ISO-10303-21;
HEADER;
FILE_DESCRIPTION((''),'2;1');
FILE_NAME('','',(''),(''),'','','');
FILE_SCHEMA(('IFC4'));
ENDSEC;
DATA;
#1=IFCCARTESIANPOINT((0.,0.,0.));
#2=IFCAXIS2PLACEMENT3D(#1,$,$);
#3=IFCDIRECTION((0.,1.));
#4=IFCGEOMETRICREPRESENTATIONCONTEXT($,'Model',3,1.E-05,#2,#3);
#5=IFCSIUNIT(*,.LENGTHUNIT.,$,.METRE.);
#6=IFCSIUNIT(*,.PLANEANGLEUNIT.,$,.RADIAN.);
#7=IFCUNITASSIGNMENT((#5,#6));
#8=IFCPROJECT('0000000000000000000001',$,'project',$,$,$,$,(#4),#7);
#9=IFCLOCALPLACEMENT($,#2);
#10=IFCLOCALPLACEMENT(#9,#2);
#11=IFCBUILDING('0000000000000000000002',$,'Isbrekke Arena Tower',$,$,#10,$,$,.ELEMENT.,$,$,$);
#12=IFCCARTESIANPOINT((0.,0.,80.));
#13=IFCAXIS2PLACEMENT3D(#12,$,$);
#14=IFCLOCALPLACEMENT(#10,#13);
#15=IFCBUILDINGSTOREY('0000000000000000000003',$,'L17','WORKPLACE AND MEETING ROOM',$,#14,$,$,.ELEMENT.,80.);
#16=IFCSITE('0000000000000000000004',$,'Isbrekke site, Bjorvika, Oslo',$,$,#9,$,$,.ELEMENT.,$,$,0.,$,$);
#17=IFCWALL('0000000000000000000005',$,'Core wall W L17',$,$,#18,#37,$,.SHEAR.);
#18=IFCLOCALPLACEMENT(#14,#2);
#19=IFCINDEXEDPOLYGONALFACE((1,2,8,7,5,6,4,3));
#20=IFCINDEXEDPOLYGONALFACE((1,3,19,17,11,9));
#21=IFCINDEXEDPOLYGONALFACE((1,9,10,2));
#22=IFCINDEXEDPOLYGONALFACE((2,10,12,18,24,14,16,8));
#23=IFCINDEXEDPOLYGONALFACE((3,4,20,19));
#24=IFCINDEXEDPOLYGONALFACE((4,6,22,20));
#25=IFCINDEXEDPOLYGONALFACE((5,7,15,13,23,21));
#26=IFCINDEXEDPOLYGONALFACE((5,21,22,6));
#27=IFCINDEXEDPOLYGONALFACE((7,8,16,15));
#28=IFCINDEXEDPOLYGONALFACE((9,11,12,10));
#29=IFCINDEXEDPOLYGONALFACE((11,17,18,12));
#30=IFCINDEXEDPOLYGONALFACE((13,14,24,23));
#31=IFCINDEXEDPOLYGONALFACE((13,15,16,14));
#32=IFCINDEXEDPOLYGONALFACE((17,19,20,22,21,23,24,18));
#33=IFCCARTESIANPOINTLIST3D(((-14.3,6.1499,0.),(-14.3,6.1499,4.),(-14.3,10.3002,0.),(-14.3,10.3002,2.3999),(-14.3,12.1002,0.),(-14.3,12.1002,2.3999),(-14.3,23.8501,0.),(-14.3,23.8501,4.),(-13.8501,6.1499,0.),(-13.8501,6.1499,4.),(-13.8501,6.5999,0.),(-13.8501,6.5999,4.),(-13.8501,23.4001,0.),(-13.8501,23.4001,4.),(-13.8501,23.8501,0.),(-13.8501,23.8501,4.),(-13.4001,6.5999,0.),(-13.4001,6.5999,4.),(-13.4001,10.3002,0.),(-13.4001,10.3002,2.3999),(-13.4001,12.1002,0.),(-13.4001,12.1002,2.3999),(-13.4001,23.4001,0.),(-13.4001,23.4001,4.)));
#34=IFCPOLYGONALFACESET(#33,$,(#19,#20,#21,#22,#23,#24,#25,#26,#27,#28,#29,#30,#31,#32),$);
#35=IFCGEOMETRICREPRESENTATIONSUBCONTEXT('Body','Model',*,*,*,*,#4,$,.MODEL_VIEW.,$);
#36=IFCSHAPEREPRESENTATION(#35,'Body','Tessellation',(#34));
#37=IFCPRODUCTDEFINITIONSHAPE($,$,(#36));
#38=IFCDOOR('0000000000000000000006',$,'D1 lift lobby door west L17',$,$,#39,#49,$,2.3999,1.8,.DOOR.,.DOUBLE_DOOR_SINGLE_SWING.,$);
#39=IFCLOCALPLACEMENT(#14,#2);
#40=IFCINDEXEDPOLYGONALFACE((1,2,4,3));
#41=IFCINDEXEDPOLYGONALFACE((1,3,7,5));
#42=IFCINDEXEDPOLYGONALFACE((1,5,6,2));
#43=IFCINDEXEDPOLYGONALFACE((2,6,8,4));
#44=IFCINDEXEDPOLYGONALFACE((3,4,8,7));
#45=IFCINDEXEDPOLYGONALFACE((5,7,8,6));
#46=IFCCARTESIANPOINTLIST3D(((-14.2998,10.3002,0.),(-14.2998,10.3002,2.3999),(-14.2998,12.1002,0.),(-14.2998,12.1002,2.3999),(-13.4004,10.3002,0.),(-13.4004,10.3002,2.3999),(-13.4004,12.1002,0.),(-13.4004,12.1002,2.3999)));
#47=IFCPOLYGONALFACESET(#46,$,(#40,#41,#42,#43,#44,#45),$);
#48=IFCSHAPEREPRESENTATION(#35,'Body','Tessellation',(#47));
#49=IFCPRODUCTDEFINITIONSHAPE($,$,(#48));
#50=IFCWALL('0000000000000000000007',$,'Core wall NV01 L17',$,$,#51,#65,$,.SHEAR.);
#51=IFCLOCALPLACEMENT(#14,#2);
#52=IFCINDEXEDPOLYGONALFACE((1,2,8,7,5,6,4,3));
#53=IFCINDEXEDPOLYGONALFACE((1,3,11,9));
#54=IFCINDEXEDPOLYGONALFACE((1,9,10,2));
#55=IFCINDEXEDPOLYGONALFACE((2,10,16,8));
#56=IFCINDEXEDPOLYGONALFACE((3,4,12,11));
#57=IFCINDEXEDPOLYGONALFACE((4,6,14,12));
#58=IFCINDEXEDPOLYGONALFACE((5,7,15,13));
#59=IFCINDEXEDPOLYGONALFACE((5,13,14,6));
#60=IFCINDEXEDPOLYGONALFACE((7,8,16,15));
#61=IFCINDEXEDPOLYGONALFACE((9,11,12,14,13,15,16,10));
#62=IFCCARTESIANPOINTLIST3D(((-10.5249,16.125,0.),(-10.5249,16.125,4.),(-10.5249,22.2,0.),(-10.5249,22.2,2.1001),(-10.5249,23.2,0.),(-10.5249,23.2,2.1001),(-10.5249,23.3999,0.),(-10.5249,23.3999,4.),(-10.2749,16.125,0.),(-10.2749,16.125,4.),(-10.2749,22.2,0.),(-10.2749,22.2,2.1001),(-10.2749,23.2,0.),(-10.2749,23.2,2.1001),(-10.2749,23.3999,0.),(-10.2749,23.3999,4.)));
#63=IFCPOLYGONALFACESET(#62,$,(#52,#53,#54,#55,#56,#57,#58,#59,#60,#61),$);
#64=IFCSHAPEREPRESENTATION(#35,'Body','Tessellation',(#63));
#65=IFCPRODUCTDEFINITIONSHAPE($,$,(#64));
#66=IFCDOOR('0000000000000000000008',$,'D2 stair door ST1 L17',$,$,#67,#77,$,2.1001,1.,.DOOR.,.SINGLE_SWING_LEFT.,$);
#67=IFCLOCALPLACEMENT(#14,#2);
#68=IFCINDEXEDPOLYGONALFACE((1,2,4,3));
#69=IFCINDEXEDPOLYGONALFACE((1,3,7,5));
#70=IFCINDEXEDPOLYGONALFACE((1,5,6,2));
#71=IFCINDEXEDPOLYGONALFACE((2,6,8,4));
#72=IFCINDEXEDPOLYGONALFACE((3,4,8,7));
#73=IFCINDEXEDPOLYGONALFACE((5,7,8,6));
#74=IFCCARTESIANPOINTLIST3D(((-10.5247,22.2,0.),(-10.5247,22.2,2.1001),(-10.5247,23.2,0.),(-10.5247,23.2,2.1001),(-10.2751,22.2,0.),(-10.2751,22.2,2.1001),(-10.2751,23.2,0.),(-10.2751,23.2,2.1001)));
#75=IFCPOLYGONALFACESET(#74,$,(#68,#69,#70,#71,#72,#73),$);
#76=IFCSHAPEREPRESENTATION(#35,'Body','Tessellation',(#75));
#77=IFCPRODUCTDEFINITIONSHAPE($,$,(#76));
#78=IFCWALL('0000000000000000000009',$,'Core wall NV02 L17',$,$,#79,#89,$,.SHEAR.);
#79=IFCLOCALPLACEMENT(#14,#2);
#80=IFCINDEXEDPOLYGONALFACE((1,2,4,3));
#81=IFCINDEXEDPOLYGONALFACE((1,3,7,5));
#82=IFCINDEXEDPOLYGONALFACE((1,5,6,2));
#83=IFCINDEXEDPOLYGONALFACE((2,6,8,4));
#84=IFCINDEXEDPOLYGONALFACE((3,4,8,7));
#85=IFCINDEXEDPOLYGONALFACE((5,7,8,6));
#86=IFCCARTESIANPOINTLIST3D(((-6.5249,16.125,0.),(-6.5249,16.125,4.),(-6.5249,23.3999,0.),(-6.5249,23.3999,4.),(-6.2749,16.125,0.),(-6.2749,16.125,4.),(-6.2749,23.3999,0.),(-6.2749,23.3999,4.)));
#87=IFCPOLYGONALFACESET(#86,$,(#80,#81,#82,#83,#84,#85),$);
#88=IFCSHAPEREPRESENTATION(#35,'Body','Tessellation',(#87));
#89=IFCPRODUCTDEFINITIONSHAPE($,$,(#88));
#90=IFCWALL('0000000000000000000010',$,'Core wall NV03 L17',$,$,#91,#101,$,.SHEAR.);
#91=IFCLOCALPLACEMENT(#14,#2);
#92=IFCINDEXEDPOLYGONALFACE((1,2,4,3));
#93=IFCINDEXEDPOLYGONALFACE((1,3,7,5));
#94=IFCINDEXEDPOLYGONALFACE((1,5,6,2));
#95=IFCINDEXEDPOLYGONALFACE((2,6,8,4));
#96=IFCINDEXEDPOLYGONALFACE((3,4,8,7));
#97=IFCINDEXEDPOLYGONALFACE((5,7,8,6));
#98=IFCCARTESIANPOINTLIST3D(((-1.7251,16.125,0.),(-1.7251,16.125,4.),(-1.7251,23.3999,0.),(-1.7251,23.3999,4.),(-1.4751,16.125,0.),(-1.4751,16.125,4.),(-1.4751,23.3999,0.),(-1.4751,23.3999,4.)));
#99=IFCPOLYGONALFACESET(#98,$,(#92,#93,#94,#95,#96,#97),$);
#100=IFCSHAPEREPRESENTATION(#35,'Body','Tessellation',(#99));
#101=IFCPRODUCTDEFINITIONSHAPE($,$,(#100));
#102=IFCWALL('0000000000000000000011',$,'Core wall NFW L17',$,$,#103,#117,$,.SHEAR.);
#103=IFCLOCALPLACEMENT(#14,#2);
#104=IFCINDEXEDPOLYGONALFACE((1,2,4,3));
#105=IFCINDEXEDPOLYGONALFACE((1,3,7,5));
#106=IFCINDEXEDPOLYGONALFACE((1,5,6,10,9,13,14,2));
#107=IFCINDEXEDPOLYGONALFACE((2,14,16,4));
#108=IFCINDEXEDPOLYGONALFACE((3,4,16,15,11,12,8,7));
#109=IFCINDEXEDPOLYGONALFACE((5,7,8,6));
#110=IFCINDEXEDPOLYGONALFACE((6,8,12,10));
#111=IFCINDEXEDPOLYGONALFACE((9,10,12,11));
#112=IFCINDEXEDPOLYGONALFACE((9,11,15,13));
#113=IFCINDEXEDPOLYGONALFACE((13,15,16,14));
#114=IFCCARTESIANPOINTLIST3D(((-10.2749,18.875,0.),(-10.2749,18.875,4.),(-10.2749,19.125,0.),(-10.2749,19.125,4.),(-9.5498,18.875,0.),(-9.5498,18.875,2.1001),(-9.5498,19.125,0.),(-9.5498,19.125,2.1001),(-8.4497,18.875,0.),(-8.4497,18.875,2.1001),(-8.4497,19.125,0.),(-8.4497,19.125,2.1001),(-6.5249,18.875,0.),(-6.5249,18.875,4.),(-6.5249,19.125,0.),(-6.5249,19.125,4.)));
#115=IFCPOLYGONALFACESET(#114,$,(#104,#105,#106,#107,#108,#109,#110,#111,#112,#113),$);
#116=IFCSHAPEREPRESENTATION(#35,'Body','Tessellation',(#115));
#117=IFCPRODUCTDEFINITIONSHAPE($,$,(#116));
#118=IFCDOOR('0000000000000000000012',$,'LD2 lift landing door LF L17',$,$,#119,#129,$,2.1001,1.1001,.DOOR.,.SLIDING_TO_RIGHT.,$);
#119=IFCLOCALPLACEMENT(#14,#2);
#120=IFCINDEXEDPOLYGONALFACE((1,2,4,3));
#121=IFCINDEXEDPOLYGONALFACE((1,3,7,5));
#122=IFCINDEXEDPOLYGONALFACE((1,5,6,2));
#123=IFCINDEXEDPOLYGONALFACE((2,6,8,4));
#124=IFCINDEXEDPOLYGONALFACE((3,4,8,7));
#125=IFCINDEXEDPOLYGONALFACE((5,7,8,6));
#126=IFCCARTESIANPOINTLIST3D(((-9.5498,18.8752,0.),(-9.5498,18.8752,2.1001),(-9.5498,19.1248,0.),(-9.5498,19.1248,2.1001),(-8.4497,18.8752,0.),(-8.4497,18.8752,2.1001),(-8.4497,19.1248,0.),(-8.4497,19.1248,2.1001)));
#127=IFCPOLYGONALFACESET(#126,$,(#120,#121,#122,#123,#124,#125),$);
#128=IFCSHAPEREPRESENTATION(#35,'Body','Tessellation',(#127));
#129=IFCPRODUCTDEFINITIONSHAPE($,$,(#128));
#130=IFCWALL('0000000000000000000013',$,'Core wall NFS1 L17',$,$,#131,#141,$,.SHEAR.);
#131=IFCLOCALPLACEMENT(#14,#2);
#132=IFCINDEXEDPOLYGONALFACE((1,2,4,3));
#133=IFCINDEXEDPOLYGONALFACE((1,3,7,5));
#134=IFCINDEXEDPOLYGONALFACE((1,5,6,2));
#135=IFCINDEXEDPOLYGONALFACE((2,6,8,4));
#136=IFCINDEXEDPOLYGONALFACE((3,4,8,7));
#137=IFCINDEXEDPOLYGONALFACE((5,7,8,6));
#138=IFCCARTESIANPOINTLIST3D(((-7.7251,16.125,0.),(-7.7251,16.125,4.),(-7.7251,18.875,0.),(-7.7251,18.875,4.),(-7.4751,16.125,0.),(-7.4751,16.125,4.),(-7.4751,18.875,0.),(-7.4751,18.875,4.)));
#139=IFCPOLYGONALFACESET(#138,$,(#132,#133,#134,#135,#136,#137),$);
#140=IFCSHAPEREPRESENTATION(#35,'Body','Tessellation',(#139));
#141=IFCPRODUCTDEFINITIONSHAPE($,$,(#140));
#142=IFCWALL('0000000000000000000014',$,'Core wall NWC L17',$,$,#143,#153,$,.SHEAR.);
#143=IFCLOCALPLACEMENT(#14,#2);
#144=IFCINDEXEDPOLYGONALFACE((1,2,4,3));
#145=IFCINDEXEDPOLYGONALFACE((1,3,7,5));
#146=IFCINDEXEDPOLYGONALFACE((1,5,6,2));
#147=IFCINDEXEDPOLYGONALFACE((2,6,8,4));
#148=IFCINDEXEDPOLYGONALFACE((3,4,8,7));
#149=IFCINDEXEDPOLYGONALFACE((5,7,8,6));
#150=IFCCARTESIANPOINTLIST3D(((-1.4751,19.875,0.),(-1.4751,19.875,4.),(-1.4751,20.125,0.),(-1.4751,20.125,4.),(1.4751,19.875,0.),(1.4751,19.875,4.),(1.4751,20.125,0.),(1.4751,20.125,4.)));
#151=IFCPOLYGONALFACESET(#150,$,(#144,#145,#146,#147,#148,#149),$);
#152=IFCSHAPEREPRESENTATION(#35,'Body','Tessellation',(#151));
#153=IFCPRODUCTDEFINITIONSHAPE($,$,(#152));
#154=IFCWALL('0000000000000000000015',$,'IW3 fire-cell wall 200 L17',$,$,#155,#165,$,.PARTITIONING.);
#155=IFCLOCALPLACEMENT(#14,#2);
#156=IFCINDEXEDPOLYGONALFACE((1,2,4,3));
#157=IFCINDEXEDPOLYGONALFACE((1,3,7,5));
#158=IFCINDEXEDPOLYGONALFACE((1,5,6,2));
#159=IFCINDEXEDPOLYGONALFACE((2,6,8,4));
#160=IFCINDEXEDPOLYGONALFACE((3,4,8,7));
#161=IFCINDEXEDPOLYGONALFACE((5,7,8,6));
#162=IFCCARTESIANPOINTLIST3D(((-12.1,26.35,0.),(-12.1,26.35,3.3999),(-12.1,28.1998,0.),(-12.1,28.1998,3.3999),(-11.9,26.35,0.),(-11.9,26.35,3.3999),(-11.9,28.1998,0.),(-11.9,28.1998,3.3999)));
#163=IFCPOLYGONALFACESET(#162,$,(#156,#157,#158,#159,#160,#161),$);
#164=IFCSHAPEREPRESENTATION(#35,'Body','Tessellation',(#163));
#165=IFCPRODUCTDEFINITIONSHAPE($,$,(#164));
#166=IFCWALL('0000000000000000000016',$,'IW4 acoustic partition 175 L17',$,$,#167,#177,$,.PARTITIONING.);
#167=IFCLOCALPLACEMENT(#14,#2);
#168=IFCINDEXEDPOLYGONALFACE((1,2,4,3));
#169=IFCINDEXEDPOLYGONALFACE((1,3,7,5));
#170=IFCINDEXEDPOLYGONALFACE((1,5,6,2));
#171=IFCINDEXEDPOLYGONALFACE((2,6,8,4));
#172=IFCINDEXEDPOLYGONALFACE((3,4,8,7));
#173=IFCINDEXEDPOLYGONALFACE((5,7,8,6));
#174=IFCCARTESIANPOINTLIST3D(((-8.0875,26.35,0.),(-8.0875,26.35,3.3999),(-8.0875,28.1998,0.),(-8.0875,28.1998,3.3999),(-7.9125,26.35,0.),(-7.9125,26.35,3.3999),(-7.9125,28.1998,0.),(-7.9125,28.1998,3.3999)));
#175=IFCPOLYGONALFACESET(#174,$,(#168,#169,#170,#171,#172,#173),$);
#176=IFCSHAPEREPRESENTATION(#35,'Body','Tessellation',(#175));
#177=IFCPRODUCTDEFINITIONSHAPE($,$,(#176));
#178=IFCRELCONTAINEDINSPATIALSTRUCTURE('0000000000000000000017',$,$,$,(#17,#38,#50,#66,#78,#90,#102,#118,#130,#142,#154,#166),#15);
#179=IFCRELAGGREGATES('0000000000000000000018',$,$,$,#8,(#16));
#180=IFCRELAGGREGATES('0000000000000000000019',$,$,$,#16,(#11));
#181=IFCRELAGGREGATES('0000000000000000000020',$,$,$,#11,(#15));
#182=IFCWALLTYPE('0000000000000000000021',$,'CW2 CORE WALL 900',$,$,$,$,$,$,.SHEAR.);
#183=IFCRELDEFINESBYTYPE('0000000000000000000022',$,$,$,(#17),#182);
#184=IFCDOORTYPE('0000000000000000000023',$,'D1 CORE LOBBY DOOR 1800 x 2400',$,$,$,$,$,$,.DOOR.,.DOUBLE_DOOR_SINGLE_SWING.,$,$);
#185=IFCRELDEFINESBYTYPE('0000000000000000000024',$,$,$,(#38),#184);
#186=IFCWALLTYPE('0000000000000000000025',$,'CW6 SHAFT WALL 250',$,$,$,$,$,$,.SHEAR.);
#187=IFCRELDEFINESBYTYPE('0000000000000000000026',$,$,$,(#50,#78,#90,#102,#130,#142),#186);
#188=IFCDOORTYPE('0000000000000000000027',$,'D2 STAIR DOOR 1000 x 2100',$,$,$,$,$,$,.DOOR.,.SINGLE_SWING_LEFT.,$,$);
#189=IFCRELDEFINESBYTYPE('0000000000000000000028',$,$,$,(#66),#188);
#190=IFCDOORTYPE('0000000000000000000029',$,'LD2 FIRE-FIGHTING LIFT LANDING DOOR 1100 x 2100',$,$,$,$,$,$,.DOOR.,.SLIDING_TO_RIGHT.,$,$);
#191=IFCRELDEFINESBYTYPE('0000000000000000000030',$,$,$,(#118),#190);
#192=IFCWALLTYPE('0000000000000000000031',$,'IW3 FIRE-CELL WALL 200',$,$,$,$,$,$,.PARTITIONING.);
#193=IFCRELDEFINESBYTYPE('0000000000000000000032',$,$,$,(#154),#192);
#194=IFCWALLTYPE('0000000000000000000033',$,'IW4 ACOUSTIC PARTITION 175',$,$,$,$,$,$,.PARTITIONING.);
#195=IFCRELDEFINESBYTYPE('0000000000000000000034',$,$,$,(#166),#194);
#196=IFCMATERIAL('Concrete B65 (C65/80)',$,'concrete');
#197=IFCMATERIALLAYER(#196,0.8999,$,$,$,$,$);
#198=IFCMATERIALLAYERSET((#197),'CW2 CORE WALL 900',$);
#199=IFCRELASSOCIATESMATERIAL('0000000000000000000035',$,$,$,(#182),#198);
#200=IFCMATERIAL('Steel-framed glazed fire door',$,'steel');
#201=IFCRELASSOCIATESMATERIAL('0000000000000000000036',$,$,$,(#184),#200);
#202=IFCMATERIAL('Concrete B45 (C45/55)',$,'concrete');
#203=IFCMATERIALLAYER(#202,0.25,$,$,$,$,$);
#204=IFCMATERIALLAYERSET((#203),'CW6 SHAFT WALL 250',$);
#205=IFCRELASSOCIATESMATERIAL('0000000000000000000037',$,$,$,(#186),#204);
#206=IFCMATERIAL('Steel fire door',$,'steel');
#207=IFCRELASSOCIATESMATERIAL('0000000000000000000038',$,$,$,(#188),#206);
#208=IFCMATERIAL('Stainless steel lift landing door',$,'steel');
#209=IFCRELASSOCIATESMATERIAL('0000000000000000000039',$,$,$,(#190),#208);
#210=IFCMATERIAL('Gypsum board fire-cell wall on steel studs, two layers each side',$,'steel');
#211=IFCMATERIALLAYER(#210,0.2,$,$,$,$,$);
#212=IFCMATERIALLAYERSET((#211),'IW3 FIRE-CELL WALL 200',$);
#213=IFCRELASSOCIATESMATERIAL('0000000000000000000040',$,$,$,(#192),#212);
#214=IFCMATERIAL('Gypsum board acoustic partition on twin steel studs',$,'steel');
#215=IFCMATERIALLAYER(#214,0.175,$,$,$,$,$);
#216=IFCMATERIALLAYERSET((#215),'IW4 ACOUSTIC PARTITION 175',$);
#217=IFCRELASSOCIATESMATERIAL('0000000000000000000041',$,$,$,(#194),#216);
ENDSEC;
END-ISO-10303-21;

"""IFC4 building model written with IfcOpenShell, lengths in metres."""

from ifc_helpers import new_model, si_unit, direction, frame, frame_2d, origin, place, context, subcontext, project, spatial, polyline, rectangle, outline, extrude, material, layer, layer_set, type_object, element, fill, save


model = new_model("IFC4")

# Units and contexts
model_context = context("Model", 3, precision=1e-05, world=origin(), true_north=direction((0.0, 1.0)))
body_context = subcontext(model_context, "Body", "Model", "MODEL_VIEW")
ifc_project = project(units=[si_unit("LENGTHUNIT", "METRE"), si_unit("PLANEANGLEUNIT", "RADIAN")], contexts=[model_context])

# Site, building, storey
site_placement = place(None, origin())
site = spatial("IfcSite", under=ifc_project, at=site_placement, Name="Isbrekke site, Bjorvika, Oslo", CompositionType="ELEMENT", RefElevation=0.0)
building_placement = place(site_placement, origin())
building = spatial("IfcBuilding", under=site, at=building_placement, Name="Isbrekke Arena Tower", CompositionType="ELEMENT")
storey_placement = place(building_placement, frame((0.0, 0.0, 80.0)))
storey = spatial("IfcBuildingStorey", under=building, at=storey_placement, Name="L17", Description="WORKPLACE AND MEETING ROOM", CompositionType="ELEMENT", Elevation=80.0)

# Walls, openings, doors
ifc_material_1 = material(Name="Concrete B65 (C65/80)", Category="concrete")
ifc_layer_1 = layer(ifc_material_1, 0.8999)
ifc_layer_set_1 = layer_set([ifc_layer_1], Name="CW2 CORE WALL 900")
wall_type_1 = type_object("IfcWallType", Name="CW2 CORE WALL 900", PredefinedType="SHEAR", material=ifc_layer_set_1)
wall_1_placement = place(storey_placement, frame((-13.8501, 23.8501, 0.0), z_axis=(0.0, 0.0, 1.0), x_axis=(0.0, -1.0, 0.0)))
wall_1 = element("IfcWall", 1, at=wall_1_placement, inside=storey, type_object=wall_type_1, Name="Core wall W L17", PredefinedType="SHEAR", context=body_context, shape_type="SweptSolid", body=[
    extrude(outline(polyline([(0.0, -0.45), (17.7002, -0.45), (17.7002, 0.0), (17.2502, 0.0), (17.2502, 0.45), (0.45, 0.45), (0.45, 0.0), (0.0, 0.0), (0.0, -0.45)])), origin(), (0.0, 0.0, 1.0), 4.0),
])
opening_1_placement = place(wall_1_placement, frame((11.75, 0.0, 0.0)))
opening_1 = element("IfcOpeningElement", 2, at=opening_1_placement, cuts=wall_1, PredefinedType="OPENING", context=body_context, shape_type="SweptSolid", body=[
    extrude(rectangle(XDim=1.8, YDim=2.3999, at=frame_2d((0.8999, 1.2))), frame((0.0, 0.4648, 0.0), z_axis=(0.0, -1.0, 0.0), x_axis=(1.0, 0.0, 0.0)), (0.0, 0.0, 1.0), 0.9297),
])
ifc_material_2 = material(Name="Steel-framed glazed fire door", Category="steel")
door_type_1 = type_object("IfcDoorType", Name="D1 CORE LOBBY DOOR 1800 x 2400", OperationType="DOUBLE_DOOR_SINGLE_SWING", PredefinedType="DOOR", material=ifc_material_2)
door_1_placement = place(opening_1_placement, origin())
door_1 = element("IfcDoor", 3, at=door_1_placement, inside=storey, type_object=door_type_1, Name="D1 lift lobby door west L17", OperationType="DOUBLE_DOOR_SINGLE_SWING", OverallHeight=2.3999, OverallWidth=1.8, PredefinedType="DOOR", context=body_context, shape_type="SweptSolid", body=[
    extrude(rectangle(XDim=1.8, YDim=2.3999, at=frame_2d((0.8999, 1.2))), frame((0.0, 0.4497, 0.0), z_axis=(0.0, -1.0, 0.0), x_axis=(1.0, 0.0, 0.0)), (0.0, 0.0, 1.0), 0.8994),
])
fill(opening_1, door_1)
ifc_material_3 = material(Name="Concrete B45 (C45/55)", Category="concrete")
ifc_layer_2 = layer(ifc_material_3, 0.25)
ifc_layer_set_2 = layer_set([ifc_layer_2], Name="CW6 SHAFT WALL 250")
wall_type_2 = type_object("IfcWallType", Name="CW6 SHAFT WALL 250", PredefinedType="SHEAR", material=ifc_layer_set_2)
wall_2_placement = place(storey_placement, frame((-10.3999, 16.125, 0.0), z_axis=(0.0, 0.0, 1.0), x_axis=(0.0, 1.0, 0.0)))
wall_2 = element("IfcWall", 4, at=wall_2_placement, inside=storey, type_object=wall_type_2, Name="Core wall NV01 L17", PredefinedType="SHEAR", context=body_context, shape_type="SweptSolid", body=[
    extrude(rectangle(XDim=7.2749, YDim=0.25, at=frame_2d((3.6375, 0.0))), origin(), (0.0, 0.0, 1.0), 4.0),
])
opening_2_placement = place(wall_2_placement, frame((6.075, 0.0, 0.0)))
opening_2 = element("IfcOpeningElement", 5, at=opening_2_placement, cuts=wall_2, PredefinedType="OPENING", context=body_context, shape_type="SweptSolid", body=[
    extrude(rectangle(XDim=1.0, YDim=2.1001, at=frame_2d((0.5, 1.05))), frame((0.0, 0.1399, 0.0), z_axis=(0.0, -1.0, 0.0), x_axis=(1.0, 0.0, 0.0)), (0.0, 0.0, 1.0), 0.2798),
])
ifc_material_4 = material(Name="Steel fire door", Category="steel")
door_type_2 = type_object("IfcDoorType", Name="D2 STAIR DOOR 1000 x 2100", OperationType="SINGLE_SWING_LEFT", PredefinedType="DOOR", material=ifc_material_4)
door_2_placement = place(opening_2_placement, origin())
door_2 = element("IfcDoor", 6, at=door_2_placement, inside=storey, type_object=door_type_2, Name="D2 stair door ST1 L17", OperationType="SINGLE_SWING_LEFT", OverallHeight=2.1001, OverallWidth=1.0, PredefinedType="DOOR", context=body_context, shape_type="SweptSolid", body=[
    extrude(rectangle(XDim=1.0, YDim=2.1001, at=frame_2d((0.5, 1.05))), frame((0.0, 0.1248, 0.0), z_axis=(0.0, -1.0, 0.0), x_axis=(1.0, 0.0, 0.0)), (0.0, 0.0, 1.0), 0.2495),
])
fill(opening_2, door_2)

# Walls
for number, where, z_axis, x_axis, name in (
    (7, (-6.3999, 16.125, 0.0), (0.0, 0.0, 1.0), (0.0, 1.0, 0.0), "Core wall NV02 L17"),
    (8, (-1.6001, 16.125, 0.0), (0.0, 0.0, 1.0), (0.0, 1.0, 0.0), "Core wall NV03 L17"),
):
    element("IfcWall", number, at=place(storey_placement, frame(where, z_axis=z_axis, x_axis=x_axis)), inside=storey, type_object=wall_type_2, Name=name, PredefinedType="SHEAR", context=body_context, shape_type="SweptSolid", body=[
        extrude(rectangle(XDim=7.2749, YDim=0.25, at=frame_2d((3.6375, 0.0))), origin(), (0.0, 0.0, 1.0), 4.0),
    ])

# Wall, opening, door
wall_3_placement = place(storey_placement, frame((-10.2749, 19.0, 0.0), z_axis=(0.0, 0.0, 1.0), x_axis=(1.0, 0.0, 0.0)))
wall_3 = element("IfcWall", 9, at=wall_3_placement, inside=storey, type_object=wall_type_2, Name="Core wall NFW L17", PredefinedType="SHEAR", context=body_context, shape_type="SweptSolid", body=[
    extrude(rectangle(XDim=3.75, YDim=0.25, at=frame_2d((1.875, 0.0))), origin(), (0.0, 0.0, 1.0), 4.0),
])
opening_3_placement = place(wall_3_placement, frame((0.7251, 0.0, 0.0)))
opening_3 = element("IfcOpeningElement", 10, at=opening_3_placement, cuts=wall_3, PredefinedType="OPENING", context=body_context, shape_type="SweptSolid", body=[
    extrude(rectangle(XDim=1.1001, YDim=2.1001, at=frame_2d((0.55, 1.05))), frame((0.0, 0.1399, 0.0), z_axis=(0.0, -1.0, 0.0), x_axis=(1.0, 0.0, 0.0)), (0.0, 0.0, 1.0), 0.2798),
])
ifc_material_5 = material(Name="Stainless steel lift landing door", Category="steel")
door_type_3 = type_object("IfcDoorType", Name="LD2 FIRE-FIGHTING LIFT LANDING DOOR 1100 x 2100", OperationType="SLIDING_TO_RIGHT", PredefinedType="DOOR", material=ifc_material_5)
door_3_placement = place(opening_3_placement, origin())
door_3 = element("IfcDoor", 11, at=door_3_placement, inside=storey, type_object=door_type_3, Name="LD2 lift landing door LF L17", OperationType="SLIDING_TO_RIGHT", OverallHeight=2.1001, OverallWidth=1.1001, PredefinedType="DOOR", context=body_context, shape_type="SweptSolid", body=[
    extrude(rectangle(XDim=1.1001, YDim=2.1001, at=frame_2d((0.55, 1.05))), frame((0.0, 0.1248, 0.0), z_axis=(0.0, -1.0, 0.0), x_axis=(1.0, 0.0, 0.0)), (0.0, 0.0, 1.0), 0.2495),
])
fill(opening_3, door_3)

# Walls
wall_4_placement = place(storey_placement, frame((-7.6001, 16.125, 0.0), z_axis=(0.0, 0.0, 1.0), x_axis=(0.0, 1.0, 0.0)))
element("IfcWall", 12, at=wall_4_placement, inside=storey, type_object=wall_type_2, Name="Core wall NFS1 L17", PredefinedType="SHEAR", context=body_context, shape_type="SweptSolid", body=[
    extrude(rectangle(XDim=2.75, YDim=0.25, at=frame_2d((1.375, 0.0))), origin(), (0.0, 0.0, 1.0), 4.0),
])
wall_5_placement = place(storey_placement, frame((-1.4751, 20.0, 0.0), z_axis=(0.0, 0.0, 1.0), x_axis=(1.0, 0.0, 0.0)))
element("IfcWall", 13, at=wall_5_placement, inside=storey, type_object=wall_type_2, Name="Core wall NWC L17", PredefinedType="SHEAR", context=body_context, shape_type="SweptSolid", body=[
    extrude(rectangle(XDim=2.9502, YDim=0.25, at=frame_2d((1.4751, 0.0))), origin(), (0.0, 0.0, 1.0), 4.0),
])
ifc_material_6 = material(Name="Gypsum board fire-cell wall on steel studs, two layers each side", Category="steel")
ifc_layer_3 = layer(ifc_material_6, 0.2)
ifc_layer_set_3 = layer_set([ifc_layer_3], Name="IW3 FIRE-CELL WALL 200")
wall_type_3 = type_object("IfcWallType", Name="IW3 FIRE-CELL WALL 200", PredefinedType="PARTITIONING", material=ifc_layer_set_3)
wall_6_placement = place(storey_placement, frame((-12.0, 26.3501, 0.0), z_axis=(0.0, 0.0, 1.0), x_axis=(0.0, 1.0, 0.0)))
element("IfcWall", 14, at=wall_6_placement, inside=storey, type_object=wall_type_3, Name="IW3 fire-cell wall 200 L17", PredefinedType="PARTITIONING", context=body_context, shape_type="SweptSolid", body=[
    extrude(rectangle(XDim=1.8499, YDim=0.2, at=frame_2d((0.9248, 0.0))), origin(), (0.0, 0.0, 1.0), 3.3999),
])
ifc_material_7 = material(Name="Gypsum board acoustic partition on twin steel studs", Category="steel")
ifc_layer_4 = layer(ifc_material_7, 0.175)
ifc_layer_set_4 = layer_set([ifc_layer_4], Name="IW4 ACOUSTIC PARTITION 175")
wall_type_4 = type_object("IfcWallType", Name="IW4 ACOUSTIC PARTITION 175", PredefinedType="PARTITIONING", material=ifc_layer_set_4)
wall_7_placement = place(storey_placement, frame((-8.0, 26.3501, 0.0), z_axis=(0.0, 0.0, 1.0), x_axis=(0.0, 1.0, 0.0)))
element("IfcWall", 15, at=wall_7_placement, inside=storey, type_object=wall_type_4, Name="IW4 acoustic partition 175 L17", PredefinedType="PARTITIONING", context=body_context, shape_type="SweptSolid", body=[
    extrude(rectangle(XDim=1.8499, YDim=0.175, at=frame_2d((0.9248, 0.0))), origin(), (0.0, 0.0, 1.0), 3.3999),
])

save(model, "model.ifc")
